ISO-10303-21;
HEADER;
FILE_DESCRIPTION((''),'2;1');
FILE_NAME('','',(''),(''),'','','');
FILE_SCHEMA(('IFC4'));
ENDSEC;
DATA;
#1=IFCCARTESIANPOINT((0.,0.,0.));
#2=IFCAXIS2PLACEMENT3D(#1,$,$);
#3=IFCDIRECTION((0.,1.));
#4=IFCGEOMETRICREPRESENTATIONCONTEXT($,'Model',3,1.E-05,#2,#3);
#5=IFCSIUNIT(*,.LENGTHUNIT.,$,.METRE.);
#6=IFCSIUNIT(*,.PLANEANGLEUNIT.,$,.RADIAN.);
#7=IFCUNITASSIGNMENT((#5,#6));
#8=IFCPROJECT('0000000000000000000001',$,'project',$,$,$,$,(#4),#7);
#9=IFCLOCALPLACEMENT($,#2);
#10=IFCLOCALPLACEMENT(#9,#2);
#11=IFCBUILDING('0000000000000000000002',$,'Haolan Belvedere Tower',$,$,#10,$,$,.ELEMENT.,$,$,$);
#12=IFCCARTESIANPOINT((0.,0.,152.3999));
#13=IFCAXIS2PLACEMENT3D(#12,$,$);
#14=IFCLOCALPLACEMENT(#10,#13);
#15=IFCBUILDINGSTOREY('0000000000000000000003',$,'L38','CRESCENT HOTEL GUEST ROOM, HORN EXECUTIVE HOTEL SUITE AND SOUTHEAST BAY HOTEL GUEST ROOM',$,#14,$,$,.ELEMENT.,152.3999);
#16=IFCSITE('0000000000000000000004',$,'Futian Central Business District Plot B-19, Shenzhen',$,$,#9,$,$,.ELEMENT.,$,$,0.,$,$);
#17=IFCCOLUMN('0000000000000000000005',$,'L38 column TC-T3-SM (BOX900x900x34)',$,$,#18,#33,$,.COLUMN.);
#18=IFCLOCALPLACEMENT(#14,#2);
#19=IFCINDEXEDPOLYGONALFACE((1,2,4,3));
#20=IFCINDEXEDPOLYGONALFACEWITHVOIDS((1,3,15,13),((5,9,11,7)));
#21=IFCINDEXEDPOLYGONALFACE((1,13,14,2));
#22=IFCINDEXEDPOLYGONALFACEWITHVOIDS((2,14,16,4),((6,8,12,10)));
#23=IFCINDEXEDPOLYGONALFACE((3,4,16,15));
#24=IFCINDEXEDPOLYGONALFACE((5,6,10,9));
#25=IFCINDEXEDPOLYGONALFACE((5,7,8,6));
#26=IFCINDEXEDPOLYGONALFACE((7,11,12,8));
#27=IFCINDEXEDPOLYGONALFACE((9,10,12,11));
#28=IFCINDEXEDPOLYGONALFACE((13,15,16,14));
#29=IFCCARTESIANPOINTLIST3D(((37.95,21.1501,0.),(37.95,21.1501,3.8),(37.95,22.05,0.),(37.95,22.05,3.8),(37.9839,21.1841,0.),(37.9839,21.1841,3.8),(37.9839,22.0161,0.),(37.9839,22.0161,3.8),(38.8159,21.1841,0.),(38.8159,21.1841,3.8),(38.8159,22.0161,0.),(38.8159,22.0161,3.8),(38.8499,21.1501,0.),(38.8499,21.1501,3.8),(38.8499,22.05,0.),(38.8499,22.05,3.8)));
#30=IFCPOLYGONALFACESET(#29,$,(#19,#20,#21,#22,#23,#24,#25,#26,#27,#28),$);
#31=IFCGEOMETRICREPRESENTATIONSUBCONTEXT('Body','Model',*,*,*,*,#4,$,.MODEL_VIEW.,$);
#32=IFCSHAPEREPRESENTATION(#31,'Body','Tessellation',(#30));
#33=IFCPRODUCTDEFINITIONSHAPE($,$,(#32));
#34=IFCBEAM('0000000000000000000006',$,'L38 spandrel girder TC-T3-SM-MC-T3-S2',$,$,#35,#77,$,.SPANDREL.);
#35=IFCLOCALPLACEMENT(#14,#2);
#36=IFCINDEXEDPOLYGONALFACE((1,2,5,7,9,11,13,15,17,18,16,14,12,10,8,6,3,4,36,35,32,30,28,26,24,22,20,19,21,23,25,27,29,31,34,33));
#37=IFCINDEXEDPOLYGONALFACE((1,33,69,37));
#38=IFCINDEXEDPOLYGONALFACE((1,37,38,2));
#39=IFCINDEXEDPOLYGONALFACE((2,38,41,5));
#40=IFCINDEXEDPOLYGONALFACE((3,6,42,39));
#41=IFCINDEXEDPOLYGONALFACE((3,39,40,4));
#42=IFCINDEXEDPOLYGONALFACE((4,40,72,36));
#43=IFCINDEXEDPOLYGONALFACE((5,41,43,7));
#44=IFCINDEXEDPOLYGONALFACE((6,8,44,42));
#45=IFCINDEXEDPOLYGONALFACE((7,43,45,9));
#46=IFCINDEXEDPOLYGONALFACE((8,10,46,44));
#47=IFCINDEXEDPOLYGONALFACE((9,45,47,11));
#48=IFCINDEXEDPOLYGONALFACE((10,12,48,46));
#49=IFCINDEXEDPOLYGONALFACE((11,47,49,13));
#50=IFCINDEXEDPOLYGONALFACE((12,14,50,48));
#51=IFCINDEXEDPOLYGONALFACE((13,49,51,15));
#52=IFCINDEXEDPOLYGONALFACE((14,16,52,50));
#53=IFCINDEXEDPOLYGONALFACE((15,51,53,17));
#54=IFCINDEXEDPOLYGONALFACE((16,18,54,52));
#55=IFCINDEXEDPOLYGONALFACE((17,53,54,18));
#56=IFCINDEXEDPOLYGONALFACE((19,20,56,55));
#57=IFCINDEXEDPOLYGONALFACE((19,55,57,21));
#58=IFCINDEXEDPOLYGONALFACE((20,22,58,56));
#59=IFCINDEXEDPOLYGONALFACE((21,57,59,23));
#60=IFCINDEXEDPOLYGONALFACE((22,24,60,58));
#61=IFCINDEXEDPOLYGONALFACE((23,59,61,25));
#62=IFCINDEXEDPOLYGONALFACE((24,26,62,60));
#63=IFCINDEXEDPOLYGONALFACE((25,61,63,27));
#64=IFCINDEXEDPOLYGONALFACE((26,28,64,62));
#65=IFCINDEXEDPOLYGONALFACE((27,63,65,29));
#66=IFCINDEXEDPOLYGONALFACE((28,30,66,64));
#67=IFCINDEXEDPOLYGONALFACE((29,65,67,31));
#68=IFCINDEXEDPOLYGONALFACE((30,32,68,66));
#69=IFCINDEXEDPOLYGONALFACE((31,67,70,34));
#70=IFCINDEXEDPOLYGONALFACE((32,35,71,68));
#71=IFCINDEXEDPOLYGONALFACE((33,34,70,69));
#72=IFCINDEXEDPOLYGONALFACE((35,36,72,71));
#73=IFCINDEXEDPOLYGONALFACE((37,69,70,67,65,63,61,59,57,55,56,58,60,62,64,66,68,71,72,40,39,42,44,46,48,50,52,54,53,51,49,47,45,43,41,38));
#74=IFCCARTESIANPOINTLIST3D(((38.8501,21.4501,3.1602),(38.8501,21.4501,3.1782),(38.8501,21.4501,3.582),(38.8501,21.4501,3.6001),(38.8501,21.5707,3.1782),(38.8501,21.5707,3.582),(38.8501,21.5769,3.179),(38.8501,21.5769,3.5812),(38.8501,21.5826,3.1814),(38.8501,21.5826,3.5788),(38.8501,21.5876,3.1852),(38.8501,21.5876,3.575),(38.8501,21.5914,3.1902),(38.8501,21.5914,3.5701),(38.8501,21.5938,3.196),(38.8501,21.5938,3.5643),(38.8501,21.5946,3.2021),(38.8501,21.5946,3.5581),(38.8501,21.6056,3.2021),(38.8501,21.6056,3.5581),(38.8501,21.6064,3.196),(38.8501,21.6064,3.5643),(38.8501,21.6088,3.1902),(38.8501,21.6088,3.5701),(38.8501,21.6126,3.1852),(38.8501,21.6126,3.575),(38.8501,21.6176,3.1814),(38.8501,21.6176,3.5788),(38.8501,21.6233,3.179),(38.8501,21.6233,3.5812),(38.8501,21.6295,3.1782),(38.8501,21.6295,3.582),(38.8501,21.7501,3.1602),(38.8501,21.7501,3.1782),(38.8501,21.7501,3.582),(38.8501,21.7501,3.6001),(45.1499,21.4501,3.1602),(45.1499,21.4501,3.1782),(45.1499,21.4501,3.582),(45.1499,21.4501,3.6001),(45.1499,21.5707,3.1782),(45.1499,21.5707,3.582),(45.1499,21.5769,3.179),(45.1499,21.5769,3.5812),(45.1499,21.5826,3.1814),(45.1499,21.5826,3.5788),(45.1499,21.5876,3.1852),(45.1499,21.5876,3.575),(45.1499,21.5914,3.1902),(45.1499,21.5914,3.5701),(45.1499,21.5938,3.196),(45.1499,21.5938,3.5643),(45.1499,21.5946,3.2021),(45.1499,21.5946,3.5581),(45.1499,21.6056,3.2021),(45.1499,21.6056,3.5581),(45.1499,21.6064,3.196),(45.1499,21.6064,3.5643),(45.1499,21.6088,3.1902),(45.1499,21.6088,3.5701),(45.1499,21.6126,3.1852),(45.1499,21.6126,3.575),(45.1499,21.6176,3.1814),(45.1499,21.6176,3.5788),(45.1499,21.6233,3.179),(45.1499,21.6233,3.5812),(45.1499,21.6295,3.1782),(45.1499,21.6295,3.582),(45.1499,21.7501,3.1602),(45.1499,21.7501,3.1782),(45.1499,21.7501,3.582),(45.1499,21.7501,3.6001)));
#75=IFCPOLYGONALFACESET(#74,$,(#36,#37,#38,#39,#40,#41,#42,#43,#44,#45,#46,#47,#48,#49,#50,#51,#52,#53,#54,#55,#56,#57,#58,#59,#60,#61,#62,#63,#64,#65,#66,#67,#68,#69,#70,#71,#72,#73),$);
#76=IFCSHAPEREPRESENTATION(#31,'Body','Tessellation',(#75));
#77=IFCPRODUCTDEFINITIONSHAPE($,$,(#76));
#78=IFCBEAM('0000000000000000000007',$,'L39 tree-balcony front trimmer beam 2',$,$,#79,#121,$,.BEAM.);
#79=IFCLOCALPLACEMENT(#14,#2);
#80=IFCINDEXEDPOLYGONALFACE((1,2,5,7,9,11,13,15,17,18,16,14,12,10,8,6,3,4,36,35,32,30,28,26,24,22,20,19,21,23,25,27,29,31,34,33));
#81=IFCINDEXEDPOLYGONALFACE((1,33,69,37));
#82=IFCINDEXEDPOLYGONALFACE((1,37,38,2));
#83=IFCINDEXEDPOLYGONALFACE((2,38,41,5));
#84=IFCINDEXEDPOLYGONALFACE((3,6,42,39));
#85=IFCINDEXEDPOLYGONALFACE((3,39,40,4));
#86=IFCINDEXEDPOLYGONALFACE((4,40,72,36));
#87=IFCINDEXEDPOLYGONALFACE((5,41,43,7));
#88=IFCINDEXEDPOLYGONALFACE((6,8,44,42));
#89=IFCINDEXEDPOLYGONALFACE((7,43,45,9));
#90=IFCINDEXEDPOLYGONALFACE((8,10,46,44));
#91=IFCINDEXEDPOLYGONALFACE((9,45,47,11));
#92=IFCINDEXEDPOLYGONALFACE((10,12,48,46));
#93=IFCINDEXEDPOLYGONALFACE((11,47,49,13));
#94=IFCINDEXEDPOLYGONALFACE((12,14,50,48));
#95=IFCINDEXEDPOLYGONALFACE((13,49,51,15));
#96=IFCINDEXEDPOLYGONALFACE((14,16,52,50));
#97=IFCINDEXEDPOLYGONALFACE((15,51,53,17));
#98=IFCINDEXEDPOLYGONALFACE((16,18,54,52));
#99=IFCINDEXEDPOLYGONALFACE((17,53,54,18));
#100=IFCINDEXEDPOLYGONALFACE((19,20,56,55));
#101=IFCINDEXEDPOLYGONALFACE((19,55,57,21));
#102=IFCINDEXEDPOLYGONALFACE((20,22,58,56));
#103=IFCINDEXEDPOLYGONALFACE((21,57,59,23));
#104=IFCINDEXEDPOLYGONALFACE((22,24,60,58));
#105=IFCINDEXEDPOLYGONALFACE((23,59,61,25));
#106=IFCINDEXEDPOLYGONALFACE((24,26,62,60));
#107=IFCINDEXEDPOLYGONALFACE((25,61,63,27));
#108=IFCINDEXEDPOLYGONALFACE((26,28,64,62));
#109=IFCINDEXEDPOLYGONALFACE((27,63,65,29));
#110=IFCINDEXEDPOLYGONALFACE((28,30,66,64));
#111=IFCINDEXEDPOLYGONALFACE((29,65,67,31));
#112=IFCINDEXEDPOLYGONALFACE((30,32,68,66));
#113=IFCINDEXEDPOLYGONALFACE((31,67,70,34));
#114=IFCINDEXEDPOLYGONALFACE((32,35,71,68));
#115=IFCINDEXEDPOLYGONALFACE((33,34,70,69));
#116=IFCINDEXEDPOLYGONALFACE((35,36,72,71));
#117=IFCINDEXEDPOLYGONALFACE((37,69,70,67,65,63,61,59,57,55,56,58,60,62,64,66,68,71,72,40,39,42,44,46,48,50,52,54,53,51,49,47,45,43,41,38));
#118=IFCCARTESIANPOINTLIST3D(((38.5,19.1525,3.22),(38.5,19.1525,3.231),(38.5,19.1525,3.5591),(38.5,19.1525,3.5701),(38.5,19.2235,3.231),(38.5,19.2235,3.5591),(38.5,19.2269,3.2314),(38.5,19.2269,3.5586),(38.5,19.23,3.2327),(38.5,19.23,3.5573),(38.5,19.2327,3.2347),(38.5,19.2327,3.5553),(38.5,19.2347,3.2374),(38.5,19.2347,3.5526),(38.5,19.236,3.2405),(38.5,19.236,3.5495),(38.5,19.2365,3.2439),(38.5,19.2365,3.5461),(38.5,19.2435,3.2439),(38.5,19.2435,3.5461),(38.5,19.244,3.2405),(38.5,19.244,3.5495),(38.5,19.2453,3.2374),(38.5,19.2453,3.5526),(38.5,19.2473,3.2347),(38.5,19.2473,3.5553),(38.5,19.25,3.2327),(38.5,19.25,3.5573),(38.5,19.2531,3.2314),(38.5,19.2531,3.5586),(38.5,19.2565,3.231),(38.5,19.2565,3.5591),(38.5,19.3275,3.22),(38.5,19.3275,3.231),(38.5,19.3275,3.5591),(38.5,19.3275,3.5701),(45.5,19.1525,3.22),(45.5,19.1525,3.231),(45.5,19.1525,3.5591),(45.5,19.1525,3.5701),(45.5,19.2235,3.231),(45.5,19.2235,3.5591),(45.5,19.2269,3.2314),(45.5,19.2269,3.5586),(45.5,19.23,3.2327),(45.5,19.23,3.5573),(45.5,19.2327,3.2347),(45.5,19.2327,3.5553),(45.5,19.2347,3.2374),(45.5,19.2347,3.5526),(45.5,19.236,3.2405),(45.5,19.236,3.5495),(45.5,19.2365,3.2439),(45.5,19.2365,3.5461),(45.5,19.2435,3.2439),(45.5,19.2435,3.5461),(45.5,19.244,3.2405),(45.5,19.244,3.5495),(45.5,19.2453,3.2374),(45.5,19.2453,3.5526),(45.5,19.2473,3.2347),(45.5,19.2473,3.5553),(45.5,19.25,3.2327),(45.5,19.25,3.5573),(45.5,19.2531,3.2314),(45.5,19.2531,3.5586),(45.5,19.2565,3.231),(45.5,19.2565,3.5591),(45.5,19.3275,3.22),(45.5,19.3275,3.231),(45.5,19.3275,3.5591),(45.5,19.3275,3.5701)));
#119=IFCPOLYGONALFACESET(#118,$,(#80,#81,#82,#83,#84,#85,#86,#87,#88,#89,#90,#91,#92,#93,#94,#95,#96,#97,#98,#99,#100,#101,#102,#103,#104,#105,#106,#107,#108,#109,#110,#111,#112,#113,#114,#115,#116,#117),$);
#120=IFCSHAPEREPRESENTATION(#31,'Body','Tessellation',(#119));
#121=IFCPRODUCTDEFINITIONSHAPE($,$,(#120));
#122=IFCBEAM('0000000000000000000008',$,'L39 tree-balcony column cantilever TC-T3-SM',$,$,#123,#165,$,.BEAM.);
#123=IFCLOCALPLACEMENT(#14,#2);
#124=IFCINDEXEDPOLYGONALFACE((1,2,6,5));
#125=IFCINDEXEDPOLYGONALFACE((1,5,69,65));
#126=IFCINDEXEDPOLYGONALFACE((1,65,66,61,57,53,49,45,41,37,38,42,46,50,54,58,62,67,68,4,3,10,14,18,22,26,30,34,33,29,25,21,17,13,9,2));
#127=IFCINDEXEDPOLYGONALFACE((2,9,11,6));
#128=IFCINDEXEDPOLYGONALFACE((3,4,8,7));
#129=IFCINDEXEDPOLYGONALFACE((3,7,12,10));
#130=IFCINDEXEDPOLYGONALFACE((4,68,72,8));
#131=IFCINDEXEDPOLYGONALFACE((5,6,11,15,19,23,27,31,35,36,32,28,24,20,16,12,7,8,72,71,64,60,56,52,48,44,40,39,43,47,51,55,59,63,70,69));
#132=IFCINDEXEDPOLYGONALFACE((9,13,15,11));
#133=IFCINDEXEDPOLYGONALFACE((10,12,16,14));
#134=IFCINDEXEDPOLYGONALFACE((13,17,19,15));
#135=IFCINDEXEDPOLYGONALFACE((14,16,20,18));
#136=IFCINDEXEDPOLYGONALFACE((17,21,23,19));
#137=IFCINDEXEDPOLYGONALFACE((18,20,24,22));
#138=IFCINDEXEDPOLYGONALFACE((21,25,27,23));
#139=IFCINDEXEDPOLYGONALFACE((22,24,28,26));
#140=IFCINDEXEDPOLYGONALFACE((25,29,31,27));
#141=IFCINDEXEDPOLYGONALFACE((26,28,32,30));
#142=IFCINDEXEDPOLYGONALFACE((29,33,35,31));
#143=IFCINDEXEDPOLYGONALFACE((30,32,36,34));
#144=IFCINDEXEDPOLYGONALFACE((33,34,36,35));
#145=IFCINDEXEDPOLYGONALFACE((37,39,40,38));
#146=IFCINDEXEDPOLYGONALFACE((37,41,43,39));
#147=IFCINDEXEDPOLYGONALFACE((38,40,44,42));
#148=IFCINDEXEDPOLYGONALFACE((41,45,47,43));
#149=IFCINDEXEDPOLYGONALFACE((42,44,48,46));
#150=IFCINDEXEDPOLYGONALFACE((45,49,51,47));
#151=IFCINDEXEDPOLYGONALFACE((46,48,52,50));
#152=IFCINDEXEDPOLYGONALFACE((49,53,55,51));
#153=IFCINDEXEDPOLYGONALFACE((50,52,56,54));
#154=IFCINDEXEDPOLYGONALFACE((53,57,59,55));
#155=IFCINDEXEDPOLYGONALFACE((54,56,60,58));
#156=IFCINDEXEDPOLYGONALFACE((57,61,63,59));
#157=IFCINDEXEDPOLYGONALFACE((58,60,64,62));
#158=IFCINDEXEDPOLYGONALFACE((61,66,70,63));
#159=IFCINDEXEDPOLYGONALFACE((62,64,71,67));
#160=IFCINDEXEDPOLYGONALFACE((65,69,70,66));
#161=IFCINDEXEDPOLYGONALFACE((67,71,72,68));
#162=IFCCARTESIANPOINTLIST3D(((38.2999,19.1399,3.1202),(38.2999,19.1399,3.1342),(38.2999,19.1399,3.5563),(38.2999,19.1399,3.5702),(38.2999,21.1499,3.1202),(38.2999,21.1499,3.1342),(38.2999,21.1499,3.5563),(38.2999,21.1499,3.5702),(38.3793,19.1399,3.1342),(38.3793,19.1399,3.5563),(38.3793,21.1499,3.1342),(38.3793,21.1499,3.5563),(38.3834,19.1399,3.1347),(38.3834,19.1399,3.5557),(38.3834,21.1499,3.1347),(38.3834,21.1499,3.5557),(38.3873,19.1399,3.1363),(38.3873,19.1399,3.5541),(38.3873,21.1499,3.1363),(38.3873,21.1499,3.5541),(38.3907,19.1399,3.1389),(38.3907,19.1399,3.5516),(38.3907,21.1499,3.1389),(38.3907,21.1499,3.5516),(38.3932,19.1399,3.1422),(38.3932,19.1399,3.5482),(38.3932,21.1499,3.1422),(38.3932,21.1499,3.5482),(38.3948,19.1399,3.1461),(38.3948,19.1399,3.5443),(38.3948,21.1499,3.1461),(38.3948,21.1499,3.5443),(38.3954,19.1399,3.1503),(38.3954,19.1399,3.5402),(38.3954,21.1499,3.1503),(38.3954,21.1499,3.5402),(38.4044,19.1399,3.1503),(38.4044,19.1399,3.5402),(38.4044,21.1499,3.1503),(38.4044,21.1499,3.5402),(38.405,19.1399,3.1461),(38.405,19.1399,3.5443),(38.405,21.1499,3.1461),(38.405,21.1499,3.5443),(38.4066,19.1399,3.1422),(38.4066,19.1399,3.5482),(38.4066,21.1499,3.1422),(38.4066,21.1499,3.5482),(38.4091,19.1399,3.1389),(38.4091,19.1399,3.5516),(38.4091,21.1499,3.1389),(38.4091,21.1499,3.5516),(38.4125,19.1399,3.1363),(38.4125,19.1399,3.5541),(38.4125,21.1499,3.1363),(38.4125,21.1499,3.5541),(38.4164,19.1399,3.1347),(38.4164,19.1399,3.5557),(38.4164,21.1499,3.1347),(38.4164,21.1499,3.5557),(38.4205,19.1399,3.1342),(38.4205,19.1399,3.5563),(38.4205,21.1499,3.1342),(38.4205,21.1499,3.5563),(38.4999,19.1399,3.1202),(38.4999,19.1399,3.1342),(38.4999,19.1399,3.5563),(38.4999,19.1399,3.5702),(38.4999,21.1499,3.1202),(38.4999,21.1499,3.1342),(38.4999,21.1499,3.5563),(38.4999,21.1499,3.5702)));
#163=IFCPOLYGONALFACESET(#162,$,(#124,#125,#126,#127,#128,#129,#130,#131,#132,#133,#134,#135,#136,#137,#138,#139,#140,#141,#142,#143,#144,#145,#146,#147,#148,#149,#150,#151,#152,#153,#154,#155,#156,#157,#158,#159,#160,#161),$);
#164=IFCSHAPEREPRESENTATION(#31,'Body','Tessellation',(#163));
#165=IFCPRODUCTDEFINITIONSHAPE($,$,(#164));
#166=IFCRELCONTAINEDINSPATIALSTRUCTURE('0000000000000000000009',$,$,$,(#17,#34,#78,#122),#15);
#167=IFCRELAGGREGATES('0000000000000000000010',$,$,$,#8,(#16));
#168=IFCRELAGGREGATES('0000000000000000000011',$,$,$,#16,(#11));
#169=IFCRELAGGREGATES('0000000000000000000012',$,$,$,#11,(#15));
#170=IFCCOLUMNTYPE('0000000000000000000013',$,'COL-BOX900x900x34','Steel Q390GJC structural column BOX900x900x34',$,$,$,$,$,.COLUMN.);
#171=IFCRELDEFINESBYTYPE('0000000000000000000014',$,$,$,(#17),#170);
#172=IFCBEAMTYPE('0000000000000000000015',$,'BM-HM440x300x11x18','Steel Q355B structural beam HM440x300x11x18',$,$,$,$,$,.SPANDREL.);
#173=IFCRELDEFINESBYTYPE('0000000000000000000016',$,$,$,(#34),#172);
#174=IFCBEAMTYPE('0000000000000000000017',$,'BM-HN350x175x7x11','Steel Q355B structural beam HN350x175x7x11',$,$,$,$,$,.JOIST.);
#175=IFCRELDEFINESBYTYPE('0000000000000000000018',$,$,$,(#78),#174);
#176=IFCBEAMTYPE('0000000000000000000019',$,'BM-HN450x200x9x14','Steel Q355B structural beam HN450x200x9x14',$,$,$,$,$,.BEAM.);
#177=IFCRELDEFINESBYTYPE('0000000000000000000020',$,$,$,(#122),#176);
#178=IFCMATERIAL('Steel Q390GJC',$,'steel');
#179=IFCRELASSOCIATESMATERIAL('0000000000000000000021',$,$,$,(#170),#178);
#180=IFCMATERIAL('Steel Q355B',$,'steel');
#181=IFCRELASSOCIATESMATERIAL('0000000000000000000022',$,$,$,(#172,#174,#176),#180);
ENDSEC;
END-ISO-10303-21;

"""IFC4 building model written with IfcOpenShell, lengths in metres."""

from ifc_helpers import new_model, si_unit, direction, frame, origin, origin_2d, place, context, subcontext, project, spatial, hollow_rectangle, i_section, extrude, material, material_profile, profile_set, type_object, element, save


model = new_model("IFC4")

# Units and contexts
model_context = context("Model", 3, precision=1e-05, world=origin(), true_north=direction((0.0, 1.0)))
body_context = subcontext(model_context, "Body", "Model", "MODEL_VIEW")
ifc_project = project(units=[si_unit("LENGTHUNIT", "METRE"), si_unit("PLANEANGLEUNIT", "RADIAN")], contexts=[model_context])

# Site, building, storey
site_placement = place(None, origin())
site = spatial("IfcSite", under=ifc_project, at=site_placement, Name="Futian Central Business District Plot B-19, Shenzhen", CompositionType="ELEMENT", RefElevation=0.0)
building_placement = place(site_placement, origin())
building = spatial("IfcBuilding", under=site, at=building_placement, Name="Haolan Belvedere Tower", CompositionType="ELEMENT")
storey_placement = place(building_placement, frame((0.0, 0.0, 152.3999)))
storey = spatial("IfcBuildingStorey", under=building, at=storey_placement, Name="L38", Description="CRESCENT HOTEL GUEST ROOM, HORN EXECUTIVE HOTEL SUITE AND SOUTHEAST BAY HOTEL GUEST ROOM", CompositionType="ELEMENT", Elevation=152.3999)

# Column
ifc_material_1 = material(Name="Steel Q390GJC", Category="steel")
ifc_material_profile_1 = material_profile(ifc_material_1, hollow_rectangle(XDim=0.8999, YDim=0.8999, WallThickness=0.0339, at=origin_2d()), Name="Steel Q390GJC")
ifc_profile_set_1 = profile_set([ifc_material_profile_1], Name="Steel Q390GJC")
column_type = type_object("IfcColumnType", Name="COL-BOX900x900x34", Description="Steel Q390GJC structural column BOX900x900x34", PredefinedType="COLUMN", material=ifc_profile_set_1)
column_placement = place(storey_placement, frame((38.3999, 21.6001, 0.0), z_axis=(0.0, 0.0, 1.0), x_axis=(1.0, 0.0, 0.0)))
element("IfcColumn", 1, at=column_placement, inside=storey, type_object=column_type, Name="L38 column TC-T3-SM (BOX900x900x34)", PredefinedType="COLUMN", context=body_context, shape_type="SweptSolid", body=[
    extrude(hollow_rectangle(XDim=0.8999, YDim=0.8999, WallThickness=0.0339, at=origin_2d()), origin(), (0.0, 0.0, 1.0), 3.8),
])

# Beams
ifc_material_2 = material(Name="Steel Q355B", Category="steel")
ifc_material_profile_2 = material_profile(ifc_material_2, i_section(OverallWidth=0.3, OverallDepth=0.4399, WebThickness=0.011, FlangeThickness=0.0181, FilletRadius=0.0239, at=origin_2d()), Name="Steel Q355B")
ifc_profile_set_2 = profile_set([ifc_material_profile_2], Name="Steel Q355B")
beam_type_1 = type_object("IfcBeamType", Name="BM-HM440x300x11x18", Description="Steel Q355B structural beam HM440x300x11x18", PredefinedType="SPANDREL", material=ifc_profile_set_2)
beam_1_placement = place(storey_placement, frame((38.8501, 21.6001, 3.3801), z_axis=(1.0, 0.0, 0.0), x_axis=(0.0, 1.0, 0.0)))
element("IfcBeam", 2, at=beam_1_placement, inside=storey, type_object=beam_type_1, Name="L38 spandrel girder TC-T3-SM-MC-T3-S2", PredefinedType="SPANDREL", context=body_context, shape_type="SweptSolid", body=[
    extrude(i_section(OverallWidth=0.3, OverallDepth=0.4399, WebThickness=0.011, FlangeThickness=0.0181, FilletRadius=0.0239, at=origin_2d()), origin(), (0.0, 0.0, 1.0), 6.2998),
])
ifc_material_profile_3 = material_profile(ifc_material_2, i_section(OverallWidth=0.175, OverallDepth=0.3501, WebThickness=0.0071, FlangeThickness=0.011, FilletRadius=0.0129, at=origin_2d()), Name="Steel Q355B")
ifc_profile_set_3 = profile_set([ifc_material_profile_3], Name="Steel Q355B")
beam_type_2 = type_object("IfcBeamType", Name="BM-HN350x175x7x11", Description="Steel Q355B structural beam HN350x175x7x11", PredefinedType="JOIST", material=ifc_profile_set_3)
beam_2_placement = place(storey_placement, frame((38.5, 19.24, 3.395), z_axis=(1.0, 0.0, 0.0), x_axis=(0.0, 1.0, 0.0)))
element("IfcBeam", 3, at=beam_2_placement, inside=storey, type_object=beam_type_2, Name="L39 tree-balcony front trimmer beam 2", PredefinedType="BEAM", context=body_context, shape_type="SweptSolid", body=[
    extrude(i_section(OverallWidth=0.175, OverallDepth=0.3501, WebThickness=0.0071, FlangeThickness=0.011, FilletRadius=0.0129, at=origin_2d()), origin(), (0.0, 0.0, 1.0), 7.0),
])
ifc_material_profile_4 = material_profile(ifc_material_2, i_section(OverallWidth=0.2, OverallDepth=0.45, WebThickness=0.009, FlangeThickness=0.0139, FilletRadius=0.0161, at=origin_2d()), Name="Steel Q355B")
ifc_profile_set_4 = profile_set([ifc_material_profile_4], Name="Steel Q355B")
beam_type_3 = type_object("IfcBeamType", Name="BM-HN450x200x9x14", Description="Steel Q355B structural beam HN450x200x9x14", PredefinedType="BEAM", material=ifc_profile_set_4)
beam_3_placement = place(storey_placement, frame((38.3999, 21.1499, 3.3452), z_axis=(0.0, -1.0, 0.0), x_axis=(1.0, 0.0, 0.0)))
element("IfcBeam", 4, at=beam_3_placement, inside=storey, type_object=beam_type_3, Name="L39 tree-balcony column cantilever TC-T3-SM", PredefinedType="BEAM", context=body_context, shape_type="SweptSolid", body=[
    extrude(i_section(OverallWidth=0.2, OverallDepth=0.45, WebThickness=0.009, FlangeThickness=0.0139, FilletRadius=0.0161, at=origin_2d()), origin(), (0.0, 0.0, 1.0), 2.01),
])

save(model, "model.ifc")
